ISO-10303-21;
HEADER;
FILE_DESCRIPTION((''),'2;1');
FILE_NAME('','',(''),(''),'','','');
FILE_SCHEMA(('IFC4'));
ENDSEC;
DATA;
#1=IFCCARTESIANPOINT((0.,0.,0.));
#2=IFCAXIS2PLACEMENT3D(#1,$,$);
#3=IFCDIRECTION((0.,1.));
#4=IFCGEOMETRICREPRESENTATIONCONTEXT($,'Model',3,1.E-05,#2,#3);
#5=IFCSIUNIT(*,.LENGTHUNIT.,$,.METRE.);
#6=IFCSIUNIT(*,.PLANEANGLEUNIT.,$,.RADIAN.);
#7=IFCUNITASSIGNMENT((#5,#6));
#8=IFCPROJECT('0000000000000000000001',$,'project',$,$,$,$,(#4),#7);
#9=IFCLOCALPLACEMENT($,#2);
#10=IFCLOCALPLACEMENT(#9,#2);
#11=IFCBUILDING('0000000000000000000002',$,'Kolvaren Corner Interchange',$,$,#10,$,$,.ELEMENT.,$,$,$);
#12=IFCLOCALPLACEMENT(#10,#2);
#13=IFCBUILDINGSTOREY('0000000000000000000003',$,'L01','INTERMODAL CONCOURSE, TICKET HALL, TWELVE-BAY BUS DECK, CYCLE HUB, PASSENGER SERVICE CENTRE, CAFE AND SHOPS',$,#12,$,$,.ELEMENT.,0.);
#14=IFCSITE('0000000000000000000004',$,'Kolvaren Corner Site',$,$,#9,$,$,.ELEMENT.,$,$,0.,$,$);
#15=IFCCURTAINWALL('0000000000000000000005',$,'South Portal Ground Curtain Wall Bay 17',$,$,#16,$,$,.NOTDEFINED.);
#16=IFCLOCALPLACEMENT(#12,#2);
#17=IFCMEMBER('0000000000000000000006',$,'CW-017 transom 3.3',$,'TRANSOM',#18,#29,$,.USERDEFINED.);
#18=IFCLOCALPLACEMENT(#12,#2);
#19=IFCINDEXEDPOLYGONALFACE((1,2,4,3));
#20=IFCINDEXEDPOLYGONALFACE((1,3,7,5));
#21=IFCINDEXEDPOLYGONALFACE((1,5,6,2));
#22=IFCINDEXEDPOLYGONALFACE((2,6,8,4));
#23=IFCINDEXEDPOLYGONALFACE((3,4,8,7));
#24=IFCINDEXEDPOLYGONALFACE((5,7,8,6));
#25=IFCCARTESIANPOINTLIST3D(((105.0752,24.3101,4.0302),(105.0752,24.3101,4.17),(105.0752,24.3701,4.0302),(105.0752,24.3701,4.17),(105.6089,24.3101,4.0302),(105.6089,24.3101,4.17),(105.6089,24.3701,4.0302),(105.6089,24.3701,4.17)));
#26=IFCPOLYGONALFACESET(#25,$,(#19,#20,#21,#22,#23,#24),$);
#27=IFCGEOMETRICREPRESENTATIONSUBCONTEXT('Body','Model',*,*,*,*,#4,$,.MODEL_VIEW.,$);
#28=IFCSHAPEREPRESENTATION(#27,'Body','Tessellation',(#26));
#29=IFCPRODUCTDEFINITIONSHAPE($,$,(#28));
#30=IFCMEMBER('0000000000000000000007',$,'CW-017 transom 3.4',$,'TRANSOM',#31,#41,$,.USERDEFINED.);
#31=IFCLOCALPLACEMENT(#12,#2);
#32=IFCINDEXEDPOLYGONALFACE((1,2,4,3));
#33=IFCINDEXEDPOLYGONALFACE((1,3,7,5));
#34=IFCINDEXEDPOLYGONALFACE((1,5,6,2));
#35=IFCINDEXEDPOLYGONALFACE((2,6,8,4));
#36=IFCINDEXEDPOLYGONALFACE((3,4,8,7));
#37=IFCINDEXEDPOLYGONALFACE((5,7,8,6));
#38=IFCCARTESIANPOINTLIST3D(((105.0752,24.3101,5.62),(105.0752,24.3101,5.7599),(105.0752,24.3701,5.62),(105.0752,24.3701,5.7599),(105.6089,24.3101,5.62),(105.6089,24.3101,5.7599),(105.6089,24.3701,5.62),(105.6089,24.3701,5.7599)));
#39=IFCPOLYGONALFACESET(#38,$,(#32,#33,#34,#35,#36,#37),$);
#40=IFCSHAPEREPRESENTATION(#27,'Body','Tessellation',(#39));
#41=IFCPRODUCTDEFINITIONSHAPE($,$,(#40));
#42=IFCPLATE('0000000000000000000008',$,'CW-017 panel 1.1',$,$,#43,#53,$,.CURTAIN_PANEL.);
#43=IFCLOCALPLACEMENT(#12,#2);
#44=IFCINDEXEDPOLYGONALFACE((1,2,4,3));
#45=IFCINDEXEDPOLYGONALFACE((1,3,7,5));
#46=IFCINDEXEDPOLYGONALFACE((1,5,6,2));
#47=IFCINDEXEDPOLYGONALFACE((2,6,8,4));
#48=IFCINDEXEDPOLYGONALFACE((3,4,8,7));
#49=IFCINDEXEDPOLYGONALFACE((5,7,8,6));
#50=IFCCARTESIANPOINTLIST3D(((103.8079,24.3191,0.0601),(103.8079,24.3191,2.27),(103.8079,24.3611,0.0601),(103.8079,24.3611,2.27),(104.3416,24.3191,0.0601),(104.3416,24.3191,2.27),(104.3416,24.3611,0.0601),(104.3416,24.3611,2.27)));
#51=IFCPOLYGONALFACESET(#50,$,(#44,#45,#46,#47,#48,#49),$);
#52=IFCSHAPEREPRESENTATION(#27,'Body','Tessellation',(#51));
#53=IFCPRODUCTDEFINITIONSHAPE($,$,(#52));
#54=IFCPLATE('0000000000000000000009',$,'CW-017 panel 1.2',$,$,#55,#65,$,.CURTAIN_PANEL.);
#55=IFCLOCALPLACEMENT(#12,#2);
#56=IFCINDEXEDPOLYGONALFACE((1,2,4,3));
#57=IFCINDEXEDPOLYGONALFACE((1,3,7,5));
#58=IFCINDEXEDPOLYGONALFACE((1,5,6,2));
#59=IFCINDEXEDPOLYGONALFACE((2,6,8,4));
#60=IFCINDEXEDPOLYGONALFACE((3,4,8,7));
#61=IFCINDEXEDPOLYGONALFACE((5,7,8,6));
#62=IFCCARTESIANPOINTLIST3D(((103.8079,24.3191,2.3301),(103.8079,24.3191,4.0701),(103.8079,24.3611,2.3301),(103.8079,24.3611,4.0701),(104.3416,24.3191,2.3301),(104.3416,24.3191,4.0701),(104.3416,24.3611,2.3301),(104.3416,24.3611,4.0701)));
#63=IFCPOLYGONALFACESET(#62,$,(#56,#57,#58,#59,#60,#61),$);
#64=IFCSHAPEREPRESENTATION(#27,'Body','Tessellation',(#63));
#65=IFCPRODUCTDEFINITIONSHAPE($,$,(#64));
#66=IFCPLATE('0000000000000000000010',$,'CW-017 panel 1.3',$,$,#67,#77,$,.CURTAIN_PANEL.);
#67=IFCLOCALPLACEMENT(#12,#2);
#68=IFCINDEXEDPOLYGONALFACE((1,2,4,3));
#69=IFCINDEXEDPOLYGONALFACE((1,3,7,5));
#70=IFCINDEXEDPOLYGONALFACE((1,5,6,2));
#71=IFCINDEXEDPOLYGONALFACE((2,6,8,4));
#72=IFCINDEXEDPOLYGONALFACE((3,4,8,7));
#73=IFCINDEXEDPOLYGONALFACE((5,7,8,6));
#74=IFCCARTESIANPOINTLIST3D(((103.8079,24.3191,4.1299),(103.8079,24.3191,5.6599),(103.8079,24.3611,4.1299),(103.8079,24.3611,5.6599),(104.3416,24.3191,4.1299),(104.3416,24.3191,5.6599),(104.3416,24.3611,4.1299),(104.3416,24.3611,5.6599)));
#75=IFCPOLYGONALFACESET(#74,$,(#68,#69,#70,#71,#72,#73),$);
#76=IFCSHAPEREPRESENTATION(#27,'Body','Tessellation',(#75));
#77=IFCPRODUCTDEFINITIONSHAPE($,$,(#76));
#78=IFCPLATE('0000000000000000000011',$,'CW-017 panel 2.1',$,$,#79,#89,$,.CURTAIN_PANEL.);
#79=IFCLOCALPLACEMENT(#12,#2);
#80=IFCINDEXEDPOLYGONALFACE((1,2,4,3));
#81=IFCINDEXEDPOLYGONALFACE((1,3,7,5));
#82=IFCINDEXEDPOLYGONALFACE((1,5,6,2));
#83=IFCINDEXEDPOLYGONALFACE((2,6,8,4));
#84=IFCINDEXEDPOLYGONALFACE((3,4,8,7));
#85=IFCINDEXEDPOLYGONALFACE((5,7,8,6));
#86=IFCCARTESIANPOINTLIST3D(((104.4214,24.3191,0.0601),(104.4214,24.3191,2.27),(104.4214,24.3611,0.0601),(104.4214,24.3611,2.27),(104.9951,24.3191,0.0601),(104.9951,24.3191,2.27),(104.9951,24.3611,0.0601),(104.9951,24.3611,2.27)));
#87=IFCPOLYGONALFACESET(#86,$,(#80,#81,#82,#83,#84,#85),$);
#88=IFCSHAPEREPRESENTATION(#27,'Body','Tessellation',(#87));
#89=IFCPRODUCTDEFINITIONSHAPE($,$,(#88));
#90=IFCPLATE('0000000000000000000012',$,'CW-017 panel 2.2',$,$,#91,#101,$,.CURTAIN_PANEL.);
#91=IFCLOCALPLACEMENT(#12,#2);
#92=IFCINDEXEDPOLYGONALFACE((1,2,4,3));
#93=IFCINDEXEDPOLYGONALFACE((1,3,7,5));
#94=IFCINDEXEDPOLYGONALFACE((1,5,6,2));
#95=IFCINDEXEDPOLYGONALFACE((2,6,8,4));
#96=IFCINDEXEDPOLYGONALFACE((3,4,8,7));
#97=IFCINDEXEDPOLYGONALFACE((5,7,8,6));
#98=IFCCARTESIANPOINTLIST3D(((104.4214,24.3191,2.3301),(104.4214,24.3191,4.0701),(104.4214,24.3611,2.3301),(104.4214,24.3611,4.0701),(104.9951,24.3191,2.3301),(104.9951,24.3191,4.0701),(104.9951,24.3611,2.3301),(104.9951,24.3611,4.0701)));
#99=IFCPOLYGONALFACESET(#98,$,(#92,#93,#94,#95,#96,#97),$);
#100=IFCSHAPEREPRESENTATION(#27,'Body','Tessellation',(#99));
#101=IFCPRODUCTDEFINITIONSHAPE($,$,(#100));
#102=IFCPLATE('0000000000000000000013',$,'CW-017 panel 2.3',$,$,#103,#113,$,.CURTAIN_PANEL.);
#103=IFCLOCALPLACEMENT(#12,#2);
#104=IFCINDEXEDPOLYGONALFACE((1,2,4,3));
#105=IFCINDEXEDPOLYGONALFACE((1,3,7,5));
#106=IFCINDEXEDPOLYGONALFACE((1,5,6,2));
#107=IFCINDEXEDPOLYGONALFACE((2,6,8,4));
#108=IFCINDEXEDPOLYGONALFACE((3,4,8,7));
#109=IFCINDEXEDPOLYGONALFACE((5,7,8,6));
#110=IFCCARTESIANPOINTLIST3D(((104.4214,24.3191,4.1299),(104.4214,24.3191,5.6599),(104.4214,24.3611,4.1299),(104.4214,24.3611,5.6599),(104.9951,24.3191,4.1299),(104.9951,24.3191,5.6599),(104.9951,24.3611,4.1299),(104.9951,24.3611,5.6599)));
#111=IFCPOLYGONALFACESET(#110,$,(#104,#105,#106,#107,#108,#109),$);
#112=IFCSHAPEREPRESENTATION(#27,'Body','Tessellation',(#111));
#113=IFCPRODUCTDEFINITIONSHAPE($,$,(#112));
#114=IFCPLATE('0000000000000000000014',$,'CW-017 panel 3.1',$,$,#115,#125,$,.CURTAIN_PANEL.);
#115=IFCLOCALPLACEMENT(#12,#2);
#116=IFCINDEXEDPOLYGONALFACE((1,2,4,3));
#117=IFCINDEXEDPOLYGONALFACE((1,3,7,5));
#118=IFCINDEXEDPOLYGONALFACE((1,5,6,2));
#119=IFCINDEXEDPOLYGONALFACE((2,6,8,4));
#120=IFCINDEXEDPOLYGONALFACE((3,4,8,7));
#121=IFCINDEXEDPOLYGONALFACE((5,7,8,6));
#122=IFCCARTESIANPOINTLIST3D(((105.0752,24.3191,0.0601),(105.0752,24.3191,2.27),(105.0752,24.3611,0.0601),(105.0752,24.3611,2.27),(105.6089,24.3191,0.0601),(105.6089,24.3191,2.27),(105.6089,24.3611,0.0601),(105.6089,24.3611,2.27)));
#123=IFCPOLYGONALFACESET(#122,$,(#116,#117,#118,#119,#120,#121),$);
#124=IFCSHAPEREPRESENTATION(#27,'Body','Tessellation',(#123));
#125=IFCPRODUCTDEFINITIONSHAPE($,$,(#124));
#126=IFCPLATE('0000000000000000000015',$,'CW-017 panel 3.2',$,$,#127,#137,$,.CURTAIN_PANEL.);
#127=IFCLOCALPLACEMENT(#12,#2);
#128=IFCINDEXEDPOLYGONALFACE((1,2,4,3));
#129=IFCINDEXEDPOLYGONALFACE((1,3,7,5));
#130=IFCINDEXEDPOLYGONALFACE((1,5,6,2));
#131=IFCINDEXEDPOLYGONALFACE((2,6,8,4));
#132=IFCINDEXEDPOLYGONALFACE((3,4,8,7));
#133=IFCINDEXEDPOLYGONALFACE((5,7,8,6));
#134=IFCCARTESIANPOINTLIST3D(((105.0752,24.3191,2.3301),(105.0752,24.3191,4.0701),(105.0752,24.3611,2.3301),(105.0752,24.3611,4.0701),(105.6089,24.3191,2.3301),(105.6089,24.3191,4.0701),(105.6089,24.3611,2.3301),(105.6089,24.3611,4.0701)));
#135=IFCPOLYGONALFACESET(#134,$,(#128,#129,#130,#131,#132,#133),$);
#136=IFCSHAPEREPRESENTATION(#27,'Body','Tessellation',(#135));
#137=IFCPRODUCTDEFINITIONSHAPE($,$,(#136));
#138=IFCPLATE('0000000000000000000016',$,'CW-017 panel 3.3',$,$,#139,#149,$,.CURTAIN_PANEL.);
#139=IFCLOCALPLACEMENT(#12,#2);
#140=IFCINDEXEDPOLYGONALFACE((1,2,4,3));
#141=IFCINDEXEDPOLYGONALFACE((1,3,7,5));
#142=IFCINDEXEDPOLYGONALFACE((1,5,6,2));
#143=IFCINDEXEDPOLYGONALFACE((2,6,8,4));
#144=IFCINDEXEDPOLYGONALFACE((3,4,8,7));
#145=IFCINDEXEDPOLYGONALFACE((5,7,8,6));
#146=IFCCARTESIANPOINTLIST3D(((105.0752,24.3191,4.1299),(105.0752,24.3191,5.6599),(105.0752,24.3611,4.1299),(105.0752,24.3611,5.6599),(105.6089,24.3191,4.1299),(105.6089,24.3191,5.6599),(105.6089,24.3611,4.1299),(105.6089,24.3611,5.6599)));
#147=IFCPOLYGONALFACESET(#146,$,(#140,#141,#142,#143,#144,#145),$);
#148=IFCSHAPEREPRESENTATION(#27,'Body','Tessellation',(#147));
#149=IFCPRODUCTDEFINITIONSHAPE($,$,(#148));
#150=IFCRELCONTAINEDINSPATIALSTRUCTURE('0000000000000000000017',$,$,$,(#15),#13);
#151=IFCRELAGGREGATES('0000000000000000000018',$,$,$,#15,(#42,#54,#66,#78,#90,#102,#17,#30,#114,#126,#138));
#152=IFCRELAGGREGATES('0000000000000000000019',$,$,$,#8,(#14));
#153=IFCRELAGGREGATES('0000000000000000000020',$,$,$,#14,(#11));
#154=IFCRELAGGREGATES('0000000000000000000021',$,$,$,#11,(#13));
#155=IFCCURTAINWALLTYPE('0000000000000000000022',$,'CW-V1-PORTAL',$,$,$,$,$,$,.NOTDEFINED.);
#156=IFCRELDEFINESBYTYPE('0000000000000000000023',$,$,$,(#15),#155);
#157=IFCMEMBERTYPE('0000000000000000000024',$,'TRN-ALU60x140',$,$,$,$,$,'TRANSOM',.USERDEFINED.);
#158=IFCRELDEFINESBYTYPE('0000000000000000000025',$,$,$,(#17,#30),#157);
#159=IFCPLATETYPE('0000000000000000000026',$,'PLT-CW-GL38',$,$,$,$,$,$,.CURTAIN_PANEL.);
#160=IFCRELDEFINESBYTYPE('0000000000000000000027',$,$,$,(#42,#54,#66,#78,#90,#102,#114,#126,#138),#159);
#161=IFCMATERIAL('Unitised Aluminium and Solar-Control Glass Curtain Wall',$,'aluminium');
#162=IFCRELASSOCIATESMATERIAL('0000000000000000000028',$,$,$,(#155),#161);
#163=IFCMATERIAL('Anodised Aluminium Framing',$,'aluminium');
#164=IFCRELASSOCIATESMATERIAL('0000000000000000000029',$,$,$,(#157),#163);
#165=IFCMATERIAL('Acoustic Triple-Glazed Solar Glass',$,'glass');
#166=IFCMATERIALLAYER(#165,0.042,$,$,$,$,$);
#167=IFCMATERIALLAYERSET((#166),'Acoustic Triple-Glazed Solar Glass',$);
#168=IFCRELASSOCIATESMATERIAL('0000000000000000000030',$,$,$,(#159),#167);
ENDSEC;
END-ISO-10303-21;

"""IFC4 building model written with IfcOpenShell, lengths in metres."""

from ifc_helpers import new_model, si_unit, direction, frame, origin, origin_2d, place, context, subcontext, project, spatial, rectangle, extrude, material, layer, layer_set, material_profile, profile_set, type_object, element, aggregate, save


model = new_model("IFC4")

# Units and contexts
model_context = context("Model", 3, precision=1e-05, world=origin(), true_north=direction((0.0, 1.0)))
body_context = subcontext(model_context, "Body", "Model", "MODEL_VIEW")
ifc_project = project(units=[si_unit("LENGTHUNIT", "METRE"), si_unit("PLANEANGLEUNIT", "RADIAN")], contexts=[model_context])

# Site, building, storey
site_placement = place(None, origin())
site = spatial("IfcSite", under=ifc_project, at=site_placement, Name="Kolvaren Corner Site", CompositionType="ELEMENT", RefElevation=0.0)
building_placement = place(site_placement, origin())
building = spatial("IfcBuilding", under=site, at=building_placement, Name="Kolvaren Corner Interchange", CompositionType="ELEMENT")
storey_placement = place(building_placement, origin())
storey = spatial("IfcBuildingStorey", under=building, at=storey_placement, Name="L01", Description="INTERMODAL CONCOURSE, TICKET HALL, TWELVE-BAY BUS DECK, CYCLE HUB, PASSENGER SERVICE CENTRE, CAFE AND SHOPS", CompositionType="ELEMENT", Elevation=0.0)

# Shared definitions
ifc_material_1 = material(Name="Unitised Aluminium and Solar-Control Glass Curtain Wall", Category="aluminium")
curtain_wall_type = type_object("IfcCurtainWallType", Name="CW-V1-PORTAL", PredefinedType="NOTDEFINED", material=ifc_material_1)

# Curtain wall, members, plates
curtain_wall_1_placement = place(storey_placement, origin())
curtain_wall_1 = element("IfcCurtainWall", 1, at=curtain_wall_1_placement, inside=storey, type_object=curtain_wall_type, Name="South Portal Ground Curtain Wall Bay 17", PredefinedType="NOTDEFINED")
ifc_material_2 = material(Name="Anodised Aluminium Framing", Category="aluminium")
ifc_material_profile_1 = material_profile(ifc_material_2, rectangle(XDim=0.0601, YDim=0.1399, at=origin_2d()), Name="ALU 60x140")
ifc_profile_set_1 = profile_set([ifc_material_profile_1], Name="Anodised Aluminium Framing")
member_type_1 = type_object("IfcMemberType", Name="TRN-ALU60x140", ElementType="TRANSOM", PredefinedType="USERDEFINED", material=ifc_profile_set_1)
member_1_placement = place(storey_placement, frame((105.0752, 24.3401, 4.1001), z_axis=(1.0, 0.0, 0.0), x_axis=(0.0, 1.0, 0.0)))
member_1 = element("IfcMember", 2, at=member_1_placement, type_object=member_type_1, Name="CW-017 transom 3.3", ObjectType="TRANSOM", PredefinedType="USERDEFINED", context=body_context, shape_type="SweptSolid", body=[
    extrude(rectangle(XDim=0.0601, YDim=0.1399, at=origin_2d()), origin(), (0.0, 0.0, 1.0), 0.5337),
])
member_2_placement = place(storey_placement, frame((105.0752, 24.3401, 5.6899), z_axis=(1.0, 0.0, 0.0), x_axis=(0.0, 1.0, 0.0)))
member_2 = element("IfcMember", 3, at=member_2_placement, type_object=member_type_1, Name="CW-017 transom 3.4", ObjectType="TRANSOM", PredefinedType="USERDEFINED", context=body_context, shape_type="SweptSolid", body=[
    extrude(rectangle(XDim=0.0601, YDim=0.1399, at=origin_2d()), origin(), (0.0, 0.0, 1.0), 0.5337),
])
ifc_material_3 = material(Name="Acoustic Triple-Glazed Solar Glass", Category="glass")
ifc_layer = layer(ifc_material_3, 0.042)
ifc_layer_set = layer_set([ifc_layer], Name="Acoustic Triple-Glazed Solar Glass")
plate_type = type_object("IfcPlateType", Name="PLT-CW-GL38", PredefinedType="CURTAIN_PANEL", material=ifc_layer_set)
plate_1_placement = place(storey_placement, frame((104.0747, 24.3401, 0.0601), z_axis=(0.0, 0.0, 1.0), x_axis=(1.0, 0.0, 0.0)))
plate_1 = element("IfcPlate", 4, at=plate_1_placement, type_object=plate_type, Name="CW-017 panel 1.1", PredefinedType="CURTAIN_PANEL", context=body_context, shape_type="SweptSolid", body=[
    extrude(rectangle(XDim=0.5337, YDim=0.042, at=origin_2d()), origin(), (0.0, 0.0, 1.0), 2.21),
])
plate_2_placement = place(storey_placement, frame((104.0747, 24.3401, 2.3301), z_axis=(0.0, 0.0, 1.0), x_axis=(1.0, 0.0, 0.0)))
plate_2 = element("IfcPlate", 5, at=plate_2_placement, type_object=plate_type, Name="CW-017 panel 1.2", PredefinedType="CURTAIN_PANEL", context=body_context, shape_type="SweptSolid", body=[
    extrude(rectangle(XDim=0.5337, YDim=0.042, at=origin_2d()), origin(), (0.0, 0.0, 1.0), 1.74),
])
plate_3_placement = place(storey_placement, frame((104.0747, 24.3401, 4.1299), z_axis=(0.0, 0.0, 1.0), x_axis=(1.0, 0.0, 0.0)))
plate_3 = element("IfcPlate", 6, at=plate_3_placement, type_object=plate_type, Name="CW-017 panel 1.3", PredefinedType="CURTAIN_PANEL", context=body_context, shape_type="SweptSolid", body=[
    extrude(rectangle(XDim=0.5337, YDim=0.042, at=origin_2d()), origin(), (0.0, 0.0, 1.0), 1.53),
])
plate_4_placement = place(storey_placement, frame((104.7083, 24.3401, 0.0601), z_axis=(0.0, 0.0, 1.0), x_axis=(1.0, 0.0, 0.0)))
plate_4 = element("IfcPlate", 7, at=plate_4_placement, type_object=plate_type, Name="CW-017 panel 2.1", PredefinedType="CURTAIN_PANEL", context=body_context, shape_type="SweptSolid", body=[
    extrude(rectangle(XDim=0.5737, YDim=0.042, at=origin_2d()), origin(), (0.0, 0.0, 1.0), 2.21),
])
plate_5_placement = place(storey_placement, frame((104.7083, 24.3401, 2.3301), z_axis=(0.0, 0.0, 1.0), x_axis=(1.0, 0.0, 0.0)))
plate_5 = element("IfcPlate", 8, at=plate_5_placement, type_object=plate_type, Name="CW-017 panel 2.2", PredefinedType="CURTAIN_PANEL", context=body_context, shape_type="SweptSolid", body=[
    extrude(rectangle(XDim=0.5737, YDim=0.042, at=origin_2d()), origin(), (0.0, 0.0, 1.0), 1.74),
])
plate_6_placement = place(storey_placement, frame((104.7083, 24.3401, 4.1299), z_axis=(0.0, 0.0, 1.0), x_axis=(1.0, 0.0, 0.0)))
plate_6 = element("IfcPlate", 9, at=plate_6_placement, type_object=plate_type, Name="CW-017 panel 2.3", PredefinedType="CURTAIN_PANEL", context=body_context, shape_type="SweptSolid", body=[
    extrude(rectangle(XDim=0.5737, YDim=0.042, at=origin_2d()), origin(), (0.0, 0.0, 1.0), 1.53),
])
plate_7_placement = place(storey_placement, frame((105.342, 24.3401, 0.0601), z_axis=(0.0, 0.0, 1.0), x_axis=(1.0, 0.0, 0.0)))
plate_7 = element("IfcPlate", 10, at=plate_7_placement, type_object=plate_type, Name="CW-017 panel 3.1", PredefinedType="CURTAIN_PANEL", context=body_context, shape_type="SweptSolid", body=[
    extrude(rectangle(XDim=0.5337, YDim=0.042, at=origin_2d()), origin(), (0.0, 0.0, 1.0), 2.21),
])
plate_8_placement = place(storey_placement, frame((105.342, 24.3401, 2.3301), z_axis=(0.0, 0.0, 1.0), x_axis=(1.0, 0.0, 0.0)))
plate_8 = element("IfcPlate", 11, at=plate_8_placement, type_object=plate_type, Name="CW-017 panel 3.2", PredefinedType="CURTAIN_PANEL", context=body_context, shape_type="SweptSolid", body=[
    extrude(rectangle(XDim=0.5337, YDim=0.042, at=origin_2d()), origin(), (0.0, 0.0, 1.0), 1.74),
])
plate_9_placement = place(storey_placement, frame((105.342, 24.3401, 4.1299), z_axis=(0.0, 0.0, 1.0), x_axis=(1.0, 0.0, 0.0)))
plate_9 = element("IfcPlate", 12, at=plate_9_placement, type_object=plate_type, Name="CW-017 panel 3.3", PredefinedType="CURTAIN_PANEL", context=body_context, shape_type="SweptSolid", body=[
    extrude(rectangle(XDim=0.5337, YDim=0.042, at=origin_2d()), origin(), (0.0, 0.0, 1.0), 1.53),
])
aggregate(curtain_wall_1, [plate_1, plate_2, plate_3, plate_4, plate_5, plate_6, member_1, member_2, plate_7, plate_8, plate_9])

save(model, "model.ifc")
